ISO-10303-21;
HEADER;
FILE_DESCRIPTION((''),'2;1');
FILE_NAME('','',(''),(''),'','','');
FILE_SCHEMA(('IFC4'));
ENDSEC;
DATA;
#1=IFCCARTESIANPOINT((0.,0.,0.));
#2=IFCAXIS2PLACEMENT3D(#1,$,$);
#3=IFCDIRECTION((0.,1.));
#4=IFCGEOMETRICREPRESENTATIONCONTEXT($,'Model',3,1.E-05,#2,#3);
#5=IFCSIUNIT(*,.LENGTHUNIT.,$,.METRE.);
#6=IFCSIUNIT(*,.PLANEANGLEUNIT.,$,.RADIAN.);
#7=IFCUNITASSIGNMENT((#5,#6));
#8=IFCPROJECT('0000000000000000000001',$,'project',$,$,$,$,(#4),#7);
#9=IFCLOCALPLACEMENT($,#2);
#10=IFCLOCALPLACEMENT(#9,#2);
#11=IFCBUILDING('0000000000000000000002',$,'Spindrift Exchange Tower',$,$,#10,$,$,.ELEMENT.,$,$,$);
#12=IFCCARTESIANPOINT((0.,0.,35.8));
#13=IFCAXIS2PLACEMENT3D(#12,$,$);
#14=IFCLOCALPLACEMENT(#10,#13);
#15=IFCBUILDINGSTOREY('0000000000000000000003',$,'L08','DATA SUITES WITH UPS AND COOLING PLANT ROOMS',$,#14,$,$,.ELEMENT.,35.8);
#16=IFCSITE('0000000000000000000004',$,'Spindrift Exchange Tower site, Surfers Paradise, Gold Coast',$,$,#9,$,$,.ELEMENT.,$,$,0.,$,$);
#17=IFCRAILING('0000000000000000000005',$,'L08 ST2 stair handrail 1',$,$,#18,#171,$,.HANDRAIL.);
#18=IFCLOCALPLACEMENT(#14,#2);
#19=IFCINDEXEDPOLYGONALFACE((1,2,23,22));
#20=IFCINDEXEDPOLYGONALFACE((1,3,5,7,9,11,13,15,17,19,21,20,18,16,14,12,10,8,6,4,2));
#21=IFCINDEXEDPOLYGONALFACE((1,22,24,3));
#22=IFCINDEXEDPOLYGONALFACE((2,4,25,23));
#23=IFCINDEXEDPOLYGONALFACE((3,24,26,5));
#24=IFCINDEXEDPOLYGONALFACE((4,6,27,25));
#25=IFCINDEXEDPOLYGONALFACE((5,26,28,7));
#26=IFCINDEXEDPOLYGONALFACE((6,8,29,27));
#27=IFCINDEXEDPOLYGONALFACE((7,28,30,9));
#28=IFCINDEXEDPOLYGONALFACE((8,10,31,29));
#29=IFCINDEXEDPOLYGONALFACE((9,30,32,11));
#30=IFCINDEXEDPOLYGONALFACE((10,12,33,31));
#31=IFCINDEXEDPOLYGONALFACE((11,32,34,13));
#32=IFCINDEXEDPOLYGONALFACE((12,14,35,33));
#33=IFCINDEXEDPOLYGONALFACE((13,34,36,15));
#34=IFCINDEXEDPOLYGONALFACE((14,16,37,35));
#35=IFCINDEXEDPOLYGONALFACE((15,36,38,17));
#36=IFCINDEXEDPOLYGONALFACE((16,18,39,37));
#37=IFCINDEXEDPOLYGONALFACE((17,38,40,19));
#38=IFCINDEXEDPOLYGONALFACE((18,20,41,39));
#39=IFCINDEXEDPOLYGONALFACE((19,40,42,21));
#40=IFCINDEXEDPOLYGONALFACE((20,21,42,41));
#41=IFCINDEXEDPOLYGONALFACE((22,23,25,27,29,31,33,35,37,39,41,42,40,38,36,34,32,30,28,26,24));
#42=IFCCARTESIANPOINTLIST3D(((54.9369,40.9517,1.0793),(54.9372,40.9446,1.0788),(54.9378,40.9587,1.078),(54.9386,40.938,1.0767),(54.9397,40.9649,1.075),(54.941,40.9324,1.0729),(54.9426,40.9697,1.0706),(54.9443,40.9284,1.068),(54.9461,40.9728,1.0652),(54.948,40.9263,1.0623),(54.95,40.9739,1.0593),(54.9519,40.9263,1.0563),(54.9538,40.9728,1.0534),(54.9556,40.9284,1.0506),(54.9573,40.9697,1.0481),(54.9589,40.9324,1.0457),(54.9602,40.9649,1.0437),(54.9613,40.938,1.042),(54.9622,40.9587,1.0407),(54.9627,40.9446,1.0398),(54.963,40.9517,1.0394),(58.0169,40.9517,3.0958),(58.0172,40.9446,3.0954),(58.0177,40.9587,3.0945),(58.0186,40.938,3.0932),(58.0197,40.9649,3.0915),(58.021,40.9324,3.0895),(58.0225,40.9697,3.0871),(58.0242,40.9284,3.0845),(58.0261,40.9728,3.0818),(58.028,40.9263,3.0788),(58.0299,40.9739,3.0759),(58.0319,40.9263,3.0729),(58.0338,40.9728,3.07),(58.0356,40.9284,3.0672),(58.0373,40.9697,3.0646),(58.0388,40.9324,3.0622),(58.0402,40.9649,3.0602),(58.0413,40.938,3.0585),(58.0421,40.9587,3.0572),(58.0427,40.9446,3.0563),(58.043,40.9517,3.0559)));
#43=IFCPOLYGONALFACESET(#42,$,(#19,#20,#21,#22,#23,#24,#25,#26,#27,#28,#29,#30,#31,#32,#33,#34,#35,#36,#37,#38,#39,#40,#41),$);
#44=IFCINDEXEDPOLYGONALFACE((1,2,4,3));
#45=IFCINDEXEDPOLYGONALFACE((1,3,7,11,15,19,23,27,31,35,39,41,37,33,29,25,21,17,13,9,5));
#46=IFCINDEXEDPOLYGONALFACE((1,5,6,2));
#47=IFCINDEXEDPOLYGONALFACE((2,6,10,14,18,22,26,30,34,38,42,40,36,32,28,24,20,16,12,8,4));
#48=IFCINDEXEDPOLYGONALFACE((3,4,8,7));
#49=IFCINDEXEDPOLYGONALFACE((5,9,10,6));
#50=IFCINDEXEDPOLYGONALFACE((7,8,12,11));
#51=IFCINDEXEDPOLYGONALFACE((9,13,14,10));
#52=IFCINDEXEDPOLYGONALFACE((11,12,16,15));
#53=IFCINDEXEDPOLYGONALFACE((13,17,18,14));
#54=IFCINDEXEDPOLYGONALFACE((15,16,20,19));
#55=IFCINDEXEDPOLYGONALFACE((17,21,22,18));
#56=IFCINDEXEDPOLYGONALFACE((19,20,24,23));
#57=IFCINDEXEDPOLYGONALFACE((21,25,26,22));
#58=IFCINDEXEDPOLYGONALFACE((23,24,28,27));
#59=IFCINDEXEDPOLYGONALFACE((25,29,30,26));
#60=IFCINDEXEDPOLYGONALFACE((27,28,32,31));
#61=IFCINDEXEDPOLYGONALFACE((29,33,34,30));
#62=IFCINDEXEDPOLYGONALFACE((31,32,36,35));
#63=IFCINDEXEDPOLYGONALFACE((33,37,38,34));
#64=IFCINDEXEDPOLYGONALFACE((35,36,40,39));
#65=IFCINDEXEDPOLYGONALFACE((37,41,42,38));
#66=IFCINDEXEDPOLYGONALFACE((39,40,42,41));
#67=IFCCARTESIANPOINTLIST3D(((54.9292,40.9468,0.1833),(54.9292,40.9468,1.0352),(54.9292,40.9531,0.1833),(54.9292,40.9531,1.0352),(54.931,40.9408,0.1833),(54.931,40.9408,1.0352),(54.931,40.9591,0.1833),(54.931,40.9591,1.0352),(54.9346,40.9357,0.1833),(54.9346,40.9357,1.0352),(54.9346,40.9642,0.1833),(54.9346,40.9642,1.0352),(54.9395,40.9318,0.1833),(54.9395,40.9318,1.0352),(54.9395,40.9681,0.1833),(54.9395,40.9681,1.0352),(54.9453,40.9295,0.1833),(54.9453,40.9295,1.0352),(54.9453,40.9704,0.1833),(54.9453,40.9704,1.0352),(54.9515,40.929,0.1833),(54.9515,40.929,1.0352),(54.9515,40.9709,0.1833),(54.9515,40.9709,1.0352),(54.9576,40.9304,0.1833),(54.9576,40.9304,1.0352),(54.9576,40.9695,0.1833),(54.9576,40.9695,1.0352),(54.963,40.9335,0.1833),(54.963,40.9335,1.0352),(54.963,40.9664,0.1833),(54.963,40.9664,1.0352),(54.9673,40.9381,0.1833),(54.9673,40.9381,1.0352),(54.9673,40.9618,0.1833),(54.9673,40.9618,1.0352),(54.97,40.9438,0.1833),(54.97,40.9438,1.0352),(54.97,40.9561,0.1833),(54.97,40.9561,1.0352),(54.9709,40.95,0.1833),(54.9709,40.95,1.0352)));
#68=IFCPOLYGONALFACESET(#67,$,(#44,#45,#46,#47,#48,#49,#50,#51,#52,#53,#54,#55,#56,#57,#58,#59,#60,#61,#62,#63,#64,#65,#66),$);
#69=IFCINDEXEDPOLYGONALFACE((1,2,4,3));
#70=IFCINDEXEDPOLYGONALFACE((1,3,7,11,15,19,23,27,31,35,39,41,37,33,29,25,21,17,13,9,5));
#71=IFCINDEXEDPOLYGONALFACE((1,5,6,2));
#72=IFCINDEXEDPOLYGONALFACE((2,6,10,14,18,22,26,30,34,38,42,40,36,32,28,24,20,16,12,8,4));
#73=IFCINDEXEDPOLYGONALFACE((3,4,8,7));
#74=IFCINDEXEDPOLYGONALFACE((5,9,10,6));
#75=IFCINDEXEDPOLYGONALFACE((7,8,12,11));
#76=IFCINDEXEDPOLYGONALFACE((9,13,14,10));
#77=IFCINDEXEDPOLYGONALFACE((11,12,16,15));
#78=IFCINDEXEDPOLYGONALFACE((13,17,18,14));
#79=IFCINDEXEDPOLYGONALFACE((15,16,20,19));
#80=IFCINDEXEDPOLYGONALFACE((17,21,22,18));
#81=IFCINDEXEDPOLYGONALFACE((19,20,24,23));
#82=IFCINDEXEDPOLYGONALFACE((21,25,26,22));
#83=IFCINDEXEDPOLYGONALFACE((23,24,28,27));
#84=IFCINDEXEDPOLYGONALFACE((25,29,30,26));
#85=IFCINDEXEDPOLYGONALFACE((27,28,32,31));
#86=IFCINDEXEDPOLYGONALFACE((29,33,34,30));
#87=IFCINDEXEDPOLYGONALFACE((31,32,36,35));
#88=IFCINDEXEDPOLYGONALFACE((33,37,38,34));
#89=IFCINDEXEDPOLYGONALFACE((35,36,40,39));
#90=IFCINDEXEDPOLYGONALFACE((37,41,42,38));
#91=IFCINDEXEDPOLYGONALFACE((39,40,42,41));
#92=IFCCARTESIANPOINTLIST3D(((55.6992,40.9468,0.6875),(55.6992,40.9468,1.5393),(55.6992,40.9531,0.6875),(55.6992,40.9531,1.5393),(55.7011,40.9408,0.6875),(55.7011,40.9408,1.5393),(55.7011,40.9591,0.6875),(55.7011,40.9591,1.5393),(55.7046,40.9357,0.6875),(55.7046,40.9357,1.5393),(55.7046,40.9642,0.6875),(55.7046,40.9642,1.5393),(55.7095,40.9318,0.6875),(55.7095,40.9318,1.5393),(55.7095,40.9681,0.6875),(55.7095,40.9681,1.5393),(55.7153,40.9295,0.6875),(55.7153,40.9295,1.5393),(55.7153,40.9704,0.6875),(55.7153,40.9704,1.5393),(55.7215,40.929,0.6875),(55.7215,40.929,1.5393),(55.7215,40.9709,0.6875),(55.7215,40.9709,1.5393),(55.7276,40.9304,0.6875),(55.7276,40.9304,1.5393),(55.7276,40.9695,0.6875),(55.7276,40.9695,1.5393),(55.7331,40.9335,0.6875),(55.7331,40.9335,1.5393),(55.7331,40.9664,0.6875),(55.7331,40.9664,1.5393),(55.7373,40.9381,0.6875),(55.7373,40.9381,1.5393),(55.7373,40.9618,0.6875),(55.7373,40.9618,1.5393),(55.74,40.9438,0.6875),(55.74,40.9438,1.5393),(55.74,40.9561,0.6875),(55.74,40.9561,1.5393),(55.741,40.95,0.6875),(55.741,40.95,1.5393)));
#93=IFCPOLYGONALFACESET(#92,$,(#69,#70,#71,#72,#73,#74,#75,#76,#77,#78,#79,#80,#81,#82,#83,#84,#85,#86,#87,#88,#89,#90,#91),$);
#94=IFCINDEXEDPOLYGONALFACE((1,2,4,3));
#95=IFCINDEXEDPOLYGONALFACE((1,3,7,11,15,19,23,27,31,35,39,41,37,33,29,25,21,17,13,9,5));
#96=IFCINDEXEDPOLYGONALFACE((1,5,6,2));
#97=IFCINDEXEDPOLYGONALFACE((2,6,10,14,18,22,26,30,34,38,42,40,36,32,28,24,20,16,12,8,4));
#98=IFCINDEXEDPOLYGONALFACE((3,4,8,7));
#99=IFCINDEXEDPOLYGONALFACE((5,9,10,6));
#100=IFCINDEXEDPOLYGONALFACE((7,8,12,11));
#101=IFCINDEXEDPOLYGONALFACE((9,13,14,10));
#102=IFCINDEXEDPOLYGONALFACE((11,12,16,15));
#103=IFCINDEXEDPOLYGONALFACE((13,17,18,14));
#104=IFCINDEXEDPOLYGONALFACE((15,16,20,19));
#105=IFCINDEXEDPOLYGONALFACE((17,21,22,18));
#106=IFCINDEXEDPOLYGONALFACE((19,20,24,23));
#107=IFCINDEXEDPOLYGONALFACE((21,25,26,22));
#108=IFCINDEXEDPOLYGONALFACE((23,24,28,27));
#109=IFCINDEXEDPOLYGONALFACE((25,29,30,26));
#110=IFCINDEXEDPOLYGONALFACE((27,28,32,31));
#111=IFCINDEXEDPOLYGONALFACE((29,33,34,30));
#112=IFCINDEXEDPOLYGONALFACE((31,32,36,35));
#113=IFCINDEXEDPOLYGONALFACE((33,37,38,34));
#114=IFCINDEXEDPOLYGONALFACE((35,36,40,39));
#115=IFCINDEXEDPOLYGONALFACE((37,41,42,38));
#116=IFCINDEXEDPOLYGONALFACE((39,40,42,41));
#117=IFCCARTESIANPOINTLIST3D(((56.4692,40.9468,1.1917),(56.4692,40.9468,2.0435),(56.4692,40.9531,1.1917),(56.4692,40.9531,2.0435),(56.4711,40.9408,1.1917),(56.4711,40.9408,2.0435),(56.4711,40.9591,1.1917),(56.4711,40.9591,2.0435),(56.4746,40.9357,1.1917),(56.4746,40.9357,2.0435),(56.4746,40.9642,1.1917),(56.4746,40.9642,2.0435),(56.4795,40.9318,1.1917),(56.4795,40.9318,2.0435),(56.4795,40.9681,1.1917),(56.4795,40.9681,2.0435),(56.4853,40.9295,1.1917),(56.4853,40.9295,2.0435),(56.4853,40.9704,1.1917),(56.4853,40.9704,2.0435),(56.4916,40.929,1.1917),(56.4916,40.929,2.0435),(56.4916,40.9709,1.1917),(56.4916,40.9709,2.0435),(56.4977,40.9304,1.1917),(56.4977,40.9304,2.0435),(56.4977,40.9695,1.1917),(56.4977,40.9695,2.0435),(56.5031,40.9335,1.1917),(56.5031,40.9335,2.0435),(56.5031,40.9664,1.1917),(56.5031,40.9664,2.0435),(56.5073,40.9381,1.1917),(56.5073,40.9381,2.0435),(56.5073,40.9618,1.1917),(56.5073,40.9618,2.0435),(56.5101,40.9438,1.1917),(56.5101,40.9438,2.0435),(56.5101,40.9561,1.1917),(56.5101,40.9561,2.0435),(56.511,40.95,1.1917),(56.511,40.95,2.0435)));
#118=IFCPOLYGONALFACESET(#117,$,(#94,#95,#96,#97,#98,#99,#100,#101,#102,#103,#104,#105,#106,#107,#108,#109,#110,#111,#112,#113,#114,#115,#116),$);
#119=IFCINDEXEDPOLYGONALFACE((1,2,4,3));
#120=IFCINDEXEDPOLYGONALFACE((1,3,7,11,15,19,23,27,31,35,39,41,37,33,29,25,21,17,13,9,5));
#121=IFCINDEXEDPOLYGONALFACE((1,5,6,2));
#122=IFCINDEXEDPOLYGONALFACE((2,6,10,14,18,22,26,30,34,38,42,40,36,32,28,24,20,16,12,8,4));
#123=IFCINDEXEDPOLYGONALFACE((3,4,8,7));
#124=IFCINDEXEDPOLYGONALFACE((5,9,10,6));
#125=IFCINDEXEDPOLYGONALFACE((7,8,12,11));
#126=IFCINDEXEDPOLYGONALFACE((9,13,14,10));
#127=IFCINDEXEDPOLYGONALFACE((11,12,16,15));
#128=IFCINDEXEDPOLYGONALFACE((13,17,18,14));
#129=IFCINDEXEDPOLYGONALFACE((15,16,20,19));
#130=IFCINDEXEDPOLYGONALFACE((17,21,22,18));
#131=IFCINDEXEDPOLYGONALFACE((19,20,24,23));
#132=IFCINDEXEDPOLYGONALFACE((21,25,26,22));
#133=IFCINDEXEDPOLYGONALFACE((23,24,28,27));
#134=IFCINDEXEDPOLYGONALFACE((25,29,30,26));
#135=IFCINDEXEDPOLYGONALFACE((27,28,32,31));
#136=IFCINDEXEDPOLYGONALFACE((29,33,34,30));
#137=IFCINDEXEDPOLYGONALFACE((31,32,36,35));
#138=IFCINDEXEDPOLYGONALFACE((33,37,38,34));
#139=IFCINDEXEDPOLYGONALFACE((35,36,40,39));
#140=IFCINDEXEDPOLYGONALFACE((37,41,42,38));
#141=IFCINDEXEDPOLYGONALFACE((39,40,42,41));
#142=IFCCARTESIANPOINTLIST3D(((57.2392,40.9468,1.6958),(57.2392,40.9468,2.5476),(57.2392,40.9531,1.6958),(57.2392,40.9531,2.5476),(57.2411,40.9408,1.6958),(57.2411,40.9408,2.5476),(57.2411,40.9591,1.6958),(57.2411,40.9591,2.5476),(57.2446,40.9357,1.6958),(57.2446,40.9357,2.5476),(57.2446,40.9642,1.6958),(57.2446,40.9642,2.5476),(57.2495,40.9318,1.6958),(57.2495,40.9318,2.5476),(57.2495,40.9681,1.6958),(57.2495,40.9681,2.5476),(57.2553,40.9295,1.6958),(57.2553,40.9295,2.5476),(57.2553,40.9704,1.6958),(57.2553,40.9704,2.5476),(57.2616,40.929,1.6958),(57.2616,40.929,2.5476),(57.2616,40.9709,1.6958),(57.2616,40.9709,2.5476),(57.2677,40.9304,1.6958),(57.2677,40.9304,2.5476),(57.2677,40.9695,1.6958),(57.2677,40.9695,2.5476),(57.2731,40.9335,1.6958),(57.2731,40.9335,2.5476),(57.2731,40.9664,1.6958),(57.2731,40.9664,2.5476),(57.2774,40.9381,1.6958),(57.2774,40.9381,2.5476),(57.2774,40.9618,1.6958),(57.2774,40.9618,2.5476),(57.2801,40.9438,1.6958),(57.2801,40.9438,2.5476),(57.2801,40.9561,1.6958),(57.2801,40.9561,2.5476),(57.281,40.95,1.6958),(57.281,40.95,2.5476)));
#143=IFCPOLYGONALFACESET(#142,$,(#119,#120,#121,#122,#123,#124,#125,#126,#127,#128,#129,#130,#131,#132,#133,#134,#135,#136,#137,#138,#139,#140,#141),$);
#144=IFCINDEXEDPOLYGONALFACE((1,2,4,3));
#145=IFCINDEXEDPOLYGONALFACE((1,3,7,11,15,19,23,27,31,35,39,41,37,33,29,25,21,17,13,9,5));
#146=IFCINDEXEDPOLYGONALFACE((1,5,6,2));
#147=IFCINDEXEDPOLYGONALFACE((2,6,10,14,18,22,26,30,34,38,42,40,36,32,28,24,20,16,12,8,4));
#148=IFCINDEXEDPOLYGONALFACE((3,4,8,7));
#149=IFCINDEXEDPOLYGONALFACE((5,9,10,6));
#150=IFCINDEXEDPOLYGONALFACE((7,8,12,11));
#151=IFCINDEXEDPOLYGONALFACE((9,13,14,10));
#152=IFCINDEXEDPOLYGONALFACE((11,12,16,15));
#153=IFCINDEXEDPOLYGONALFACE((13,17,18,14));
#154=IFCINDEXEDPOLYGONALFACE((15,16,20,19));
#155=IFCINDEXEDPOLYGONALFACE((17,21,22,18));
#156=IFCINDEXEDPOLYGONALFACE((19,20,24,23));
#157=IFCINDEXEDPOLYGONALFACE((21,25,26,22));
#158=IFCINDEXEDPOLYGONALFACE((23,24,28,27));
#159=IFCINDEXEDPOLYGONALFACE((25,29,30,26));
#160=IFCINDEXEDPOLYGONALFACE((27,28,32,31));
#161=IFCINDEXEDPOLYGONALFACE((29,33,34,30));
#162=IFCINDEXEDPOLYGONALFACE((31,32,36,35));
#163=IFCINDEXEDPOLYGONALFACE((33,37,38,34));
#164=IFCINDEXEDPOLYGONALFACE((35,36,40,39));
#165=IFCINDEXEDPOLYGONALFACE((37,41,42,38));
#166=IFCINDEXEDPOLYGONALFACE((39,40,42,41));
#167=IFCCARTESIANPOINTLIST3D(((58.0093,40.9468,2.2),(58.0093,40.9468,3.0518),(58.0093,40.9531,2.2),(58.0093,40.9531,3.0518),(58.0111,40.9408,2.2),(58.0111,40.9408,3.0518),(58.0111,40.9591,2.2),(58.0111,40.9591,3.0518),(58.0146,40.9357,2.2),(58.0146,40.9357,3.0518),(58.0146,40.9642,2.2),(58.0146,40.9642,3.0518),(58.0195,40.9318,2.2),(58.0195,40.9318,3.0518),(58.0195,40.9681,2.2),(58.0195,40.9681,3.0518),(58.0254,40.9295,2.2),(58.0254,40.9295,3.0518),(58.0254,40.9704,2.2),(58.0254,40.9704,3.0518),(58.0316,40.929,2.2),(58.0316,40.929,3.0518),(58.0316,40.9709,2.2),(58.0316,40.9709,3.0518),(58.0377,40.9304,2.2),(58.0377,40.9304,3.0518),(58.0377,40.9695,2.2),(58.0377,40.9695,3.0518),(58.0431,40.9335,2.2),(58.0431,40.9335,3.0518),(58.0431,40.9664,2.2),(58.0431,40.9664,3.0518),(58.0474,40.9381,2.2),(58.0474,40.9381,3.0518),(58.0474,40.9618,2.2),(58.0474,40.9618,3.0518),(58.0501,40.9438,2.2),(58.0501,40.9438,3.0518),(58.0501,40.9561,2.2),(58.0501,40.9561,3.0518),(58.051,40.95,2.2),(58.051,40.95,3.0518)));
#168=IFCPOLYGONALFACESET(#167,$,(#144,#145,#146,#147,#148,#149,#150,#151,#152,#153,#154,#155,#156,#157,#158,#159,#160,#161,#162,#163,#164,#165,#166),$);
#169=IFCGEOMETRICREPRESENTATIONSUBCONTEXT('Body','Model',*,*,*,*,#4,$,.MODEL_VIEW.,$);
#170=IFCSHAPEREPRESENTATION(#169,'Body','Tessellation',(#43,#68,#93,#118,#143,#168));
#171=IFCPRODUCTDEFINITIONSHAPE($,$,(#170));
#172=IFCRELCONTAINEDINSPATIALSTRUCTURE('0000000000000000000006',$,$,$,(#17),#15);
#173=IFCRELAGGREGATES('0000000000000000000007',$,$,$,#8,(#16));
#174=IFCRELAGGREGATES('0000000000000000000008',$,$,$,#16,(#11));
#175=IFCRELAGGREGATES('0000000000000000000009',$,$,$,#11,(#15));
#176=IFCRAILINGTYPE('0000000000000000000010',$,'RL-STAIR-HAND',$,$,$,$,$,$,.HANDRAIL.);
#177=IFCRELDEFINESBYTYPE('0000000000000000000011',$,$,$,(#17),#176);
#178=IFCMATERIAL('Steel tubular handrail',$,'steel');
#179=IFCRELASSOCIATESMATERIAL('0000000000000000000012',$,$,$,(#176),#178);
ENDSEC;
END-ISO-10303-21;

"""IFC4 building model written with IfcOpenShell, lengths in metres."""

from ifc_helpers import new_model, si_unit, direction, frame, origin, origin_2d, place, context, subcontext, project, spatial, circle, extrude, material, type_object, element, save


model = new_model("IFC4")

# Units and contexts
model_context = context("Model", 3, precision=1e-05, world=origin(), true_north=direction((0.0, 1.0)))
body_context = subcontext(model_context, "Body", "Model", "MODEL_VIEW")
ifc_project = project(units=[si_unit("LENGTHUNIT", "METRE"), si_unit("PLANEANGLEUNIT", "RADIAN")], contexts=[model_context])

# Site, building, storey
site_placement = place(None, origin())
site = spatial("IfcSite", under=ifc_project, at=site_placement, Name="Spindrift Exchange Tower site, Surfers Paradise, Gold Coast", CompositionType="ELEMENT", RefElevation=0.0)
building_placement = place(site_placement, origin())
building = spatial("IfcBuilding", under=site, at=building_placement, Name="Spindrift Exchange Tower", CompositionType="ELEMENT")
storey_placement = place(building_placement, frame((0.0, 0.0, 35.8)))
storey = spatial("IfcBuildingStorey", under=building, at=storey_placement, Name="L08", Description="DATA SUITES WITH UPS AND COOLING PLANT ROOMS", CompositionType="ELEMENT", Elevation=35.8)

# Railing
ifc_material_1 = material(Name="Steel tubular handrail", Category="steel")
railing_type_1 = type_object("IfcRailingType", Name="RL-STAIR-HAND", PredefinedType="HANDRAIL", material=ifc_material_1)
railing_1_placement = place(storey_placement, frame((54.95, 40.95, 0.1833)))
element("IfcRailing", 1, at=railing_1_placement, inside=storey, type_object=railing_type_1, Name="L08 ST2 stair handrail 1", PredefinedType="HANDRAIL", context=body_context, shape_type="SweptSolid", body=[
    extrude(circle(Radius=0.0239, at=origin_2d()), frame((0.0, 0.0, 0.876), z_axis=(0.836633, 0.0, 0.547764), x_axis=(0.0, 1.0, 0.0)), (0.0, 0.0, 1.0), 3.6814),
    extrude(circle(Radius=0.021, at=origin_2d()), origin(), (0.0, 0.0, 1.0), 0.8518),
    extrude(circle(Radius=0.021, at=origin_2d()), frame((0.77, 0.0, 0.5042)), (0.0, 0.0, 1.0), 0.8518),
    extrude(circle(Radius=0.021, at=origin_2d()), frame((1.54, 0.0, 1.0083)), (0.0, 0.0, 1.0), 0.8518),
    extrude(circle(Radius=0.021, at=origin_2d()), frame((2.3101, 0.0, 1.5125)), (0.0, 0.0, 1.0), 0.8518),
    extrude(circle(Radius=0.021, at=origin_2d()), frame((3.0801, 0.0, 2.0166)), (0.0, 0.0, 1.0), 0.8518),
])

save(model, "model.ifc")
